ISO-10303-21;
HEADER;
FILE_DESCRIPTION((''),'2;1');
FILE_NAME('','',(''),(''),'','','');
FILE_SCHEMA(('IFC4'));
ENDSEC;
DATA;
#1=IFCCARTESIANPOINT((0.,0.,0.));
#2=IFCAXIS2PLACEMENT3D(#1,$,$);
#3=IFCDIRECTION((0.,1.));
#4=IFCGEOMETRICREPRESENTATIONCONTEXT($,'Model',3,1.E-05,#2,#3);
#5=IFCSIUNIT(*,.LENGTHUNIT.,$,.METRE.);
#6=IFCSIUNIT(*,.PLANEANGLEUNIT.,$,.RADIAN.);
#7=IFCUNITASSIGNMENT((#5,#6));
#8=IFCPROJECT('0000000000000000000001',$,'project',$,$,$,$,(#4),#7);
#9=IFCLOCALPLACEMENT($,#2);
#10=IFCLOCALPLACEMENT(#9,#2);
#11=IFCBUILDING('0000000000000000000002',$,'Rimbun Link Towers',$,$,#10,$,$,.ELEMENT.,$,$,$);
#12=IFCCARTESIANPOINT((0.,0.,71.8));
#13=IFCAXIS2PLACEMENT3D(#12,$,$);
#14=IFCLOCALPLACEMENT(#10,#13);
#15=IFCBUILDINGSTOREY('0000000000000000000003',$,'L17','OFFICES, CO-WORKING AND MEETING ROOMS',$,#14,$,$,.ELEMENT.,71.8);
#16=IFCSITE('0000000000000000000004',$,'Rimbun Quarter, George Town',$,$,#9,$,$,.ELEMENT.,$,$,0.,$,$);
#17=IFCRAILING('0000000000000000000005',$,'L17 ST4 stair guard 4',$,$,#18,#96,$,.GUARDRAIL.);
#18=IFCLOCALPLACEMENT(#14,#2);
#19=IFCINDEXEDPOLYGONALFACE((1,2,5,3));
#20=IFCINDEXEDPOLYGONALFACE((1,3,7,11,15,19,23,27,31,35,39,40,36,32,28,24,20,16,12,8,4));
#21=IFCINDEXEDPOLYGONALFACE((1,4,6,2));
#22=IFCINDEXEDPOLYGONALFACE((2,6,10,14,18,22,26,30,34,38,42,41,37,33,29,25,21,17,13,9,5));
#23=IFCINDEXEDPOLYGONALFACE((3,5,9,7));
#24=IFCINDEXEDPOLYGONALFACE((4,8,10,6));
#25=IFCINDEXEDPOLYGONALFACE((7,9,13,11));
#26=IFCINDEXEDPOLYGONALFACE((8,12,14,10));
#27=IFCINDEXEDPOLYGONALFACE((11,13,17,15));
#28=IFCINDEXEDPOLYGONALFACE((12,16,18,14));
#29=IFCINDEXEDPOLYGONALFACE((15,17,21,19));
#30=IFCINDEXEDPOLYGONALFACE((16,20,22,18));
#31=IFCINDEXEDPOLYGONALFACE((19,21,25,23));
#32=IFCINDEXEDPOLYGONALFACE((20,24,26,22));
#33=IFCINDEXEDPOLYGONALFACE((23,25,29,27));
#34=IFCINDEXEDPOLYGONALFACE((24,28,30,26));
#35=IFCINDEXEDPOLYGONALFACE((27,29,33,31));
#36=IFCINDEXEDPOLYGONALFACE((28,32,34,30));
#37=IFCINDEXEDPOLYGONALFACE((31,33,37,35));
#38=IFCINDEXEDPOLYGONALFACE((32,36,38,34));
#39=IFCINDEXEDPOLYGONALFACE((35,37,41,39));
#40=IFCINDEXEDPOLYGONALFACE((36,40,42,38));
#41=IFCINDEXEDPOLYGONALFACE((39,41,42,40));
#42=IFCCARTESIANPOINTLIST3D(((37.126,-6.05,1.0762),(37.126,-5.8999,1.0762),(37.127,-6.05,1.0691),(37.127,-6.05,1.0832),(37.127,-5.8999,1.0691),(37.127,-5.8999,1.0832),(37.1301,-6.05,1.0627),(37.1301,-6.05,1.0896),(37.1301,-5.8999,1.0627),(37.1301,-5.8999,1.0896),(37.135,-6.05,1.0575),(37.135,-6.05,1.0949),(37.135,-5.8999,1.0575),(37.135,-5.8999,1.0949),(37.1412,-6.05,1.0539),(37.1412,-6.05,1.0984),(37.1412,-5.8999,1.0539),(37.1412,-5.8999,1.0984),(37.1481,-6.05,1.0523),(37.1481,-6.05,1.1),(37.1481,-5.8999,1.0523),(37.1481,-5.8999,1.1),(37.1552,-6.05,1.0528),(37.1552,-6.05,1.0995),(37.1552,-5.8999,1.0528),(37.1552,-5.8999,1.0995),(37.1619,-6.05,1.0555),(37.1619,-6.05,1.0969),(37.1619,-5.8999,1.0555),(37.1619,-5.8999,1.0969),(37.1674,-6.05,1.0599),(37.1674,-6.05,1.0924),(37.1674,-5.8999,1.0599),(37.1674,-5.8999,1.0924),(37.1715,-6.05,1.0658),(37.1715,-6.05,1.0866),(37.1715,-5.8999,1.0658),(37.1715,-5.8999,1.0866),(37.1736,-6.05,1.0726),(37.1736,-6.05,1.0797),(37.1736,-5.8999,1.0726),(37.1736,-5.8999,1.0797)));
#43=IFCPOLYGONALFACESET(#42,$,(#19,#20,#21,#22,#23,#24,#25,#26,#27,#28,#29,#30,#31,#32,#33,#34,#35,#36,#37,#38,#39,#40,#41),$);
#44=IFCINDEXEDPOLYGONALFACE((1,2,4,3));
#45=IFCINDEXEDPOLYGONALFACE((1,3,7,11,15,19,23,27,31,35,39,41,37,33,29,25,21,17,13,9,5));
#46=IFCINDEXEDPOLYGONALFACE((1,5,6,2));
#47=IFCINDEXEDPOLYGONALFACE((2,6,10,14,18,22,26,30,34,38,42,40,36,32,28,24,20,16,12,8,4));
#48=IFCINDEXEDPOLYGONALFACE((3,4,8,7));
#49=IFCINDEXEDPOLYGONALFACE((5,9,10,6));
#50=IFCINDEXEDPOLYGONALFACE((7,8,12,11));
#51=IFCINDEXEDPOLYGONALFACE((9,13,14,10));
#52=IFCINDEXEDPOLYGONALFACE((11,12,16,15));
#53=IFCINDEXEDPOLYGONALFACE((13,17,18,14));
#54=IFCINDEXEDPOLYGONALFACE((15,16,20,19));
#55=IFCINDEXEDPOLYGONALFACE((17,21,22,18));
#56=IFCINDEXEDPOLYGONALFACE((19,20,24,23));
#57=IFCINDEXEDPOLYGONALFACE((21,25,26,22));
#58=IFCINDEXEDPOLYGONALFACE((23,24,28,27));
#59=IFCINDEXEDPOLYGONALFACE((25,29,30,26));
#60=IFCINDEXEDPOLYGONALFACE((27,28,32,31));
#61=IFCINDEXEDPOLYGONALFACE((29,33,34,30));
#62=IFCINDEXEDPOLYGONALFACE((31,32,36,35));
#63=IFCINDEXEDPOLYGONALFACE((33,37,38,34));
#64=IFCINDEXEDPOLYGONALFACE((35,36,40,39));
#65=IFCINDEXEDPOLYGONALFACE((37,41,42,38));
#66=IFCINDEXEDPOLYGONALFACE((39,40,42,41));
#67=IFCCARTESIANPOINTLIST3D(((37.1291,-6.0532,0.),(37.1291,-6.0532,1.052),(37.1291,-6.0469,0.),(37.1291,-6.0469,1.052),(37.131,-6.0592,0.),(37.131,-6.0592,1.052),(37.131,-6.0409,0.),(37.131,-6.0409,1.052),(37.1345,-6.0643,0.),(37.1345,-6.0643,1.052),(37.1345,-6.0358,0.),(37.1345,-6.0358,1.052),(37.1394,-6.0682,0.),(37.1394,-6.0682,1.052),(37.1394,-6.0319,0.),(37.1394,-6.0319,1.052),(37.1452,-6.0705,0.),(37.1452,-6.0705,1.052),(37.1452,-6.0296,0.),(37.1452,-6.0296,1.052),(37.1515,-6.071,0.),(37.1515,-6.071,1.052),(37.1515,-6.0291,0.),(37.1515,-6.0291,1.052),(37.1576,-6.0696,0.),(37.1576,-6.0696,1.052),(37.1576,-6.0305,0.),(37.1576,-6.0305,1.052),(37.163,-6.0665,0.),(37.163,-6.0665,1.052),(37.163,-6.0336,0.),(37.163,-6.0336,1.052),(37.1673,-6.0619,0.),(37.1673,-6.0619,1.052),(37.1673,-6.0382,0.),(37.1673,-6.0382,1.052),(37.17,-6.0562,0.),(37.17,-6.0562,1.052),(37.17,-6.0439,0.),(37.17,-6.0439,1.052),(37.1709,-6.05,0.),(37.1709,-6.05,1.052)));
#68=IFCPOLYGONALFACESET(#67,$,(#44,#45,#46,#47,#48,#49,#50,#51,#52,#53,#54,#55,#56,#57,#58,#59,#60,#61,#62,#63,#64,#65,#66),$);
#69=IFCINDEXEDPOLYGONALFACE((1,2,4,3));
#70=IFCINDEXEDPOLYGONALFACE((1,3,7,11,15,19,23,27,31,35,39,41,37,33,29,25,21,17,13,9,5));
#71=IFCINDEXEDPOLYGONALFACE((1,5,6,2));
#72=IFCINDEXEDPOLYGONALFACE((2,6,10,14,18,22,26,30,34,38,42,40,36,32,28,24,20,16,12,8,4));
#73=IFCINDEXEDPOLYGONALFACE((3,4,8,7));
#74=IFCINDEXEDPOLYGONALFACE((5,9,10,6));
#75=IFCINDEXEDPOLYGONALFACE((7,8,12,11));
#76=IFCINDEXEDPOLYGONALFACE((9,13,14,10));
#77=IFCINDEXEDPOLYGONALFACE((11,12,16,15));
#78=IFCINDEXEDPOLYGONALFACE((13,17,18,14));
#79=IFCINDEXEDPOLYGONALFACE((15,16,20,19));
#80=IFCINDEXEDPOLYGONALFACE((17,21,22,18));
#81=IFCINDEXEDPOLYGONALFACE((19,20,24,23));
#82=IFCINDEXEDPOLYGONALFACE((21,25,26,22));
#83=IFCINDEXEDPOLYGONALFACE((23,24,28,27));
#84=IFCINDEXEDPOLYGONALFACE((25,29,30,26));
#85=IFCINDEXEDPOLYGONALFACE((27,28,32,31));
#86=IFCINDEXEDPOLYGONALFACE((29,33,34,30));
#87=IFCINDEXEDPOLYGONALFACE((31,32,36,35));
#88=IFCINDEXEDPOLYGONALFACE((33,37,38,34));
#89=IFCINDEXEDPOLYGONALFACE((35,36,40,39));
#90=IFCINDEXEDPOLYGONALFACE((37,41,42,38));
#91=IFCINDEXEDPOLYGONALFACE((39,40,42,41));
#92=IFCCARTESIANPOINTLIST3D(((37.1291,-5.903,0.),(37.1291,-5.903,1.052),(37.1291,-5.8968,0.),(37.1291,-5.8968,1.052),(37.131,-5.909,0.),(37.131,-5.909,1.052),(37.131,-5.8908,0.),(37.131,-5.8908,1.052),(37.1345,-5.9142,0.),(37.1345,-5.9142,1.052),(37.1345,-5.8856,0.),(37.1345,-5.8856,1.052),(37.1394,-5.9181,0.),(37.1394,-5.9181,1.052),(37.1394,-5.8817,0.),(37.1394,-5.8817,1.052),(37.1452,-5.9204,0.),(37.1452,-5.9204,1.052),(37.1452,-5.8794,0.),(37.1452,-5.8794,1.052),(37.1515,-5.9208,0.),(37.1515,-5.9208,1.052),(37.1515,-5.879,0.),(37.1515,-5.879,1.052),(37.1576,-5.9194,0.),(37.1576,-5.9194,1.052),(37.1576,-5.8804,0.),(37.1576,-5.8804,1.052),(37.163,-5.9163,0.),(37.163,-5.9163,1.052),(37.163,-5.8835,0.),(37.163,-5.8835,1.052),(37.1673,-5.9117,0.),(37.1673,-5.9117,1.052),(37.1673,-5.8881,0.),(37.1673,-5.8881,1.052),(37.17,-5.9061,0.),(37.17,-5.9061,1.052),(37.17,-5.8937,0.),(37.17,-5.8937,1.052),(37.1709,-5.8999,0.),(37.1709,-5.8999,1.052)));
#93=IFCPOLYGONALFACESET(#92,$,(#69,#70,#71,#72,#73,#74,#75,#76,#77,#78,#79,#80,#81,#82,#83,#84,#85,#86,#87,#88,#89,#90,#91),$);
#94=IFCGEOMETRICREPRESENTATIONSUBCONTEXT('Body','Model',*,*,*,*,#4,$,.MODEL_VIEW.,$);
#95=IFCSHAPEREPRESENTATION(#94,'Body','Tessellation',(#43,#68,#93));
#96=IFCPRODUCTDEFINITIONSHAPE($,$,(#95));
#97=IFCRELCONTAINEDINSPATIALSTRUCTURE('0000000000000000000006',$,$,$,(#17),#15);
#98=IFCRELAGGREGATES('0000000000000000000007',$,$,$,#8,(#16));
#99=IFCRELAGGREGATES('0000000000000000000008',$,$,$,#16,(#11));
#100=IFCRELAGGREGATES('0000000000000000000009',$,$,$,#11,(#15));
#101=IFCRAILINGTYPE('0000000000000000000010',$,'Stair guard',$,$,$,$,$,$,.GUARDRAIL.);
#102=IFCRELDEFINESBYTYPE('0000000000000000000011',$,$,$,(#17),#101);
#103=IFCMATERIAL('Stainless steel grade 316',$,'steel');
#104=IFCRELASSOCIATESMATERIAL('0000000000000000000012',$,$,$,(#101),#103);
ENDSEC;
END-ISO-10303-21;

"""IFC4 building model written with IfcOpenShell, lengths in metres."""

from ifc_helpers import new_model, si_unit, direction, frame, origin, origin_2d, place, context, subcontext, project, spatial, circle, extrude, material, type_object, element, save


model = new_model("IFC4")

# Units and contexts
model_context = context("Model", 3, precision=1e-05, world=origin(), true_north=direction((0.0, 1.0)))
body_context = subcontext(model_context, "Body", "Model", "MODEL_VIEW")
ifc_project = project(units=[si_unit("LENGTHUNIT", "METRE"), si_unit("PLANEANGLEUNIT", "RADIAN")], contexts=[model_context])

# Site, building, storey
site_placement = place(None, origin())
site = spatial("IfcSite", under=ifc_project, at=site_placement, Name="Rimbun Quarter, George Town", CompositionType="ELEMENT", RefElevation=0.0)
building_placement = place(site_placement, origin())
building = spatial("IfcBuilding", under=site, at=building_placement, Name="Rimbun Link Towers", CompositionType="ELEMENT")
storey_placement = place(building_placement, frame((0.0, 0.0, 71.8)))
storey = spatial("IfcBuildingStorey", under=building, at=storey_placement, Name="L17", Description="OFFICES, CO-WORKING AND MEETING ROOMS", CompositionType="ELEMENT", Elevation=71.8)

# Railing
ifc_material_1 = material(Name="Stainless steel grade 316", Category="steel")
railing_type = type_object("IfcRailingType", Name="Stair guard", PredefinedType="GUARDRAIL", material=ifc_material_1)
railing_1_placement = place(storey_placement, frame((37.1499, -6.05, 0.0)))
element("IfcRailing", 1, at=railing_1_placement, inside=storey, type_object=railing_type, Name="L17 ST4 stair guard 4", PredefinedType="GUARDRAIL", context=body_context, shape_type="SweptSolid", body=[
    extrude(circle(Radius=0.0239, at=origin_2d()), frame((0.0, 0.0, 1.0762), z_axis=(0.0, 1.0, 0.0), x_axis=(-1.0, 0.0, 0.0)), (0.0, 0.0, 1.0), 0.1501),
    extrude(circle(Radius=0.021, at=origin_2d()), origin(), (0.0, 0.0, 1.0), 1.052),
    extrude(circle(Radius=0.021, at=origin_2d()), frame((0.0, 0.1501, 0.0)), (0.0, 0.0, 1.0), 1.052),
])

save(model, "model.ifc")
